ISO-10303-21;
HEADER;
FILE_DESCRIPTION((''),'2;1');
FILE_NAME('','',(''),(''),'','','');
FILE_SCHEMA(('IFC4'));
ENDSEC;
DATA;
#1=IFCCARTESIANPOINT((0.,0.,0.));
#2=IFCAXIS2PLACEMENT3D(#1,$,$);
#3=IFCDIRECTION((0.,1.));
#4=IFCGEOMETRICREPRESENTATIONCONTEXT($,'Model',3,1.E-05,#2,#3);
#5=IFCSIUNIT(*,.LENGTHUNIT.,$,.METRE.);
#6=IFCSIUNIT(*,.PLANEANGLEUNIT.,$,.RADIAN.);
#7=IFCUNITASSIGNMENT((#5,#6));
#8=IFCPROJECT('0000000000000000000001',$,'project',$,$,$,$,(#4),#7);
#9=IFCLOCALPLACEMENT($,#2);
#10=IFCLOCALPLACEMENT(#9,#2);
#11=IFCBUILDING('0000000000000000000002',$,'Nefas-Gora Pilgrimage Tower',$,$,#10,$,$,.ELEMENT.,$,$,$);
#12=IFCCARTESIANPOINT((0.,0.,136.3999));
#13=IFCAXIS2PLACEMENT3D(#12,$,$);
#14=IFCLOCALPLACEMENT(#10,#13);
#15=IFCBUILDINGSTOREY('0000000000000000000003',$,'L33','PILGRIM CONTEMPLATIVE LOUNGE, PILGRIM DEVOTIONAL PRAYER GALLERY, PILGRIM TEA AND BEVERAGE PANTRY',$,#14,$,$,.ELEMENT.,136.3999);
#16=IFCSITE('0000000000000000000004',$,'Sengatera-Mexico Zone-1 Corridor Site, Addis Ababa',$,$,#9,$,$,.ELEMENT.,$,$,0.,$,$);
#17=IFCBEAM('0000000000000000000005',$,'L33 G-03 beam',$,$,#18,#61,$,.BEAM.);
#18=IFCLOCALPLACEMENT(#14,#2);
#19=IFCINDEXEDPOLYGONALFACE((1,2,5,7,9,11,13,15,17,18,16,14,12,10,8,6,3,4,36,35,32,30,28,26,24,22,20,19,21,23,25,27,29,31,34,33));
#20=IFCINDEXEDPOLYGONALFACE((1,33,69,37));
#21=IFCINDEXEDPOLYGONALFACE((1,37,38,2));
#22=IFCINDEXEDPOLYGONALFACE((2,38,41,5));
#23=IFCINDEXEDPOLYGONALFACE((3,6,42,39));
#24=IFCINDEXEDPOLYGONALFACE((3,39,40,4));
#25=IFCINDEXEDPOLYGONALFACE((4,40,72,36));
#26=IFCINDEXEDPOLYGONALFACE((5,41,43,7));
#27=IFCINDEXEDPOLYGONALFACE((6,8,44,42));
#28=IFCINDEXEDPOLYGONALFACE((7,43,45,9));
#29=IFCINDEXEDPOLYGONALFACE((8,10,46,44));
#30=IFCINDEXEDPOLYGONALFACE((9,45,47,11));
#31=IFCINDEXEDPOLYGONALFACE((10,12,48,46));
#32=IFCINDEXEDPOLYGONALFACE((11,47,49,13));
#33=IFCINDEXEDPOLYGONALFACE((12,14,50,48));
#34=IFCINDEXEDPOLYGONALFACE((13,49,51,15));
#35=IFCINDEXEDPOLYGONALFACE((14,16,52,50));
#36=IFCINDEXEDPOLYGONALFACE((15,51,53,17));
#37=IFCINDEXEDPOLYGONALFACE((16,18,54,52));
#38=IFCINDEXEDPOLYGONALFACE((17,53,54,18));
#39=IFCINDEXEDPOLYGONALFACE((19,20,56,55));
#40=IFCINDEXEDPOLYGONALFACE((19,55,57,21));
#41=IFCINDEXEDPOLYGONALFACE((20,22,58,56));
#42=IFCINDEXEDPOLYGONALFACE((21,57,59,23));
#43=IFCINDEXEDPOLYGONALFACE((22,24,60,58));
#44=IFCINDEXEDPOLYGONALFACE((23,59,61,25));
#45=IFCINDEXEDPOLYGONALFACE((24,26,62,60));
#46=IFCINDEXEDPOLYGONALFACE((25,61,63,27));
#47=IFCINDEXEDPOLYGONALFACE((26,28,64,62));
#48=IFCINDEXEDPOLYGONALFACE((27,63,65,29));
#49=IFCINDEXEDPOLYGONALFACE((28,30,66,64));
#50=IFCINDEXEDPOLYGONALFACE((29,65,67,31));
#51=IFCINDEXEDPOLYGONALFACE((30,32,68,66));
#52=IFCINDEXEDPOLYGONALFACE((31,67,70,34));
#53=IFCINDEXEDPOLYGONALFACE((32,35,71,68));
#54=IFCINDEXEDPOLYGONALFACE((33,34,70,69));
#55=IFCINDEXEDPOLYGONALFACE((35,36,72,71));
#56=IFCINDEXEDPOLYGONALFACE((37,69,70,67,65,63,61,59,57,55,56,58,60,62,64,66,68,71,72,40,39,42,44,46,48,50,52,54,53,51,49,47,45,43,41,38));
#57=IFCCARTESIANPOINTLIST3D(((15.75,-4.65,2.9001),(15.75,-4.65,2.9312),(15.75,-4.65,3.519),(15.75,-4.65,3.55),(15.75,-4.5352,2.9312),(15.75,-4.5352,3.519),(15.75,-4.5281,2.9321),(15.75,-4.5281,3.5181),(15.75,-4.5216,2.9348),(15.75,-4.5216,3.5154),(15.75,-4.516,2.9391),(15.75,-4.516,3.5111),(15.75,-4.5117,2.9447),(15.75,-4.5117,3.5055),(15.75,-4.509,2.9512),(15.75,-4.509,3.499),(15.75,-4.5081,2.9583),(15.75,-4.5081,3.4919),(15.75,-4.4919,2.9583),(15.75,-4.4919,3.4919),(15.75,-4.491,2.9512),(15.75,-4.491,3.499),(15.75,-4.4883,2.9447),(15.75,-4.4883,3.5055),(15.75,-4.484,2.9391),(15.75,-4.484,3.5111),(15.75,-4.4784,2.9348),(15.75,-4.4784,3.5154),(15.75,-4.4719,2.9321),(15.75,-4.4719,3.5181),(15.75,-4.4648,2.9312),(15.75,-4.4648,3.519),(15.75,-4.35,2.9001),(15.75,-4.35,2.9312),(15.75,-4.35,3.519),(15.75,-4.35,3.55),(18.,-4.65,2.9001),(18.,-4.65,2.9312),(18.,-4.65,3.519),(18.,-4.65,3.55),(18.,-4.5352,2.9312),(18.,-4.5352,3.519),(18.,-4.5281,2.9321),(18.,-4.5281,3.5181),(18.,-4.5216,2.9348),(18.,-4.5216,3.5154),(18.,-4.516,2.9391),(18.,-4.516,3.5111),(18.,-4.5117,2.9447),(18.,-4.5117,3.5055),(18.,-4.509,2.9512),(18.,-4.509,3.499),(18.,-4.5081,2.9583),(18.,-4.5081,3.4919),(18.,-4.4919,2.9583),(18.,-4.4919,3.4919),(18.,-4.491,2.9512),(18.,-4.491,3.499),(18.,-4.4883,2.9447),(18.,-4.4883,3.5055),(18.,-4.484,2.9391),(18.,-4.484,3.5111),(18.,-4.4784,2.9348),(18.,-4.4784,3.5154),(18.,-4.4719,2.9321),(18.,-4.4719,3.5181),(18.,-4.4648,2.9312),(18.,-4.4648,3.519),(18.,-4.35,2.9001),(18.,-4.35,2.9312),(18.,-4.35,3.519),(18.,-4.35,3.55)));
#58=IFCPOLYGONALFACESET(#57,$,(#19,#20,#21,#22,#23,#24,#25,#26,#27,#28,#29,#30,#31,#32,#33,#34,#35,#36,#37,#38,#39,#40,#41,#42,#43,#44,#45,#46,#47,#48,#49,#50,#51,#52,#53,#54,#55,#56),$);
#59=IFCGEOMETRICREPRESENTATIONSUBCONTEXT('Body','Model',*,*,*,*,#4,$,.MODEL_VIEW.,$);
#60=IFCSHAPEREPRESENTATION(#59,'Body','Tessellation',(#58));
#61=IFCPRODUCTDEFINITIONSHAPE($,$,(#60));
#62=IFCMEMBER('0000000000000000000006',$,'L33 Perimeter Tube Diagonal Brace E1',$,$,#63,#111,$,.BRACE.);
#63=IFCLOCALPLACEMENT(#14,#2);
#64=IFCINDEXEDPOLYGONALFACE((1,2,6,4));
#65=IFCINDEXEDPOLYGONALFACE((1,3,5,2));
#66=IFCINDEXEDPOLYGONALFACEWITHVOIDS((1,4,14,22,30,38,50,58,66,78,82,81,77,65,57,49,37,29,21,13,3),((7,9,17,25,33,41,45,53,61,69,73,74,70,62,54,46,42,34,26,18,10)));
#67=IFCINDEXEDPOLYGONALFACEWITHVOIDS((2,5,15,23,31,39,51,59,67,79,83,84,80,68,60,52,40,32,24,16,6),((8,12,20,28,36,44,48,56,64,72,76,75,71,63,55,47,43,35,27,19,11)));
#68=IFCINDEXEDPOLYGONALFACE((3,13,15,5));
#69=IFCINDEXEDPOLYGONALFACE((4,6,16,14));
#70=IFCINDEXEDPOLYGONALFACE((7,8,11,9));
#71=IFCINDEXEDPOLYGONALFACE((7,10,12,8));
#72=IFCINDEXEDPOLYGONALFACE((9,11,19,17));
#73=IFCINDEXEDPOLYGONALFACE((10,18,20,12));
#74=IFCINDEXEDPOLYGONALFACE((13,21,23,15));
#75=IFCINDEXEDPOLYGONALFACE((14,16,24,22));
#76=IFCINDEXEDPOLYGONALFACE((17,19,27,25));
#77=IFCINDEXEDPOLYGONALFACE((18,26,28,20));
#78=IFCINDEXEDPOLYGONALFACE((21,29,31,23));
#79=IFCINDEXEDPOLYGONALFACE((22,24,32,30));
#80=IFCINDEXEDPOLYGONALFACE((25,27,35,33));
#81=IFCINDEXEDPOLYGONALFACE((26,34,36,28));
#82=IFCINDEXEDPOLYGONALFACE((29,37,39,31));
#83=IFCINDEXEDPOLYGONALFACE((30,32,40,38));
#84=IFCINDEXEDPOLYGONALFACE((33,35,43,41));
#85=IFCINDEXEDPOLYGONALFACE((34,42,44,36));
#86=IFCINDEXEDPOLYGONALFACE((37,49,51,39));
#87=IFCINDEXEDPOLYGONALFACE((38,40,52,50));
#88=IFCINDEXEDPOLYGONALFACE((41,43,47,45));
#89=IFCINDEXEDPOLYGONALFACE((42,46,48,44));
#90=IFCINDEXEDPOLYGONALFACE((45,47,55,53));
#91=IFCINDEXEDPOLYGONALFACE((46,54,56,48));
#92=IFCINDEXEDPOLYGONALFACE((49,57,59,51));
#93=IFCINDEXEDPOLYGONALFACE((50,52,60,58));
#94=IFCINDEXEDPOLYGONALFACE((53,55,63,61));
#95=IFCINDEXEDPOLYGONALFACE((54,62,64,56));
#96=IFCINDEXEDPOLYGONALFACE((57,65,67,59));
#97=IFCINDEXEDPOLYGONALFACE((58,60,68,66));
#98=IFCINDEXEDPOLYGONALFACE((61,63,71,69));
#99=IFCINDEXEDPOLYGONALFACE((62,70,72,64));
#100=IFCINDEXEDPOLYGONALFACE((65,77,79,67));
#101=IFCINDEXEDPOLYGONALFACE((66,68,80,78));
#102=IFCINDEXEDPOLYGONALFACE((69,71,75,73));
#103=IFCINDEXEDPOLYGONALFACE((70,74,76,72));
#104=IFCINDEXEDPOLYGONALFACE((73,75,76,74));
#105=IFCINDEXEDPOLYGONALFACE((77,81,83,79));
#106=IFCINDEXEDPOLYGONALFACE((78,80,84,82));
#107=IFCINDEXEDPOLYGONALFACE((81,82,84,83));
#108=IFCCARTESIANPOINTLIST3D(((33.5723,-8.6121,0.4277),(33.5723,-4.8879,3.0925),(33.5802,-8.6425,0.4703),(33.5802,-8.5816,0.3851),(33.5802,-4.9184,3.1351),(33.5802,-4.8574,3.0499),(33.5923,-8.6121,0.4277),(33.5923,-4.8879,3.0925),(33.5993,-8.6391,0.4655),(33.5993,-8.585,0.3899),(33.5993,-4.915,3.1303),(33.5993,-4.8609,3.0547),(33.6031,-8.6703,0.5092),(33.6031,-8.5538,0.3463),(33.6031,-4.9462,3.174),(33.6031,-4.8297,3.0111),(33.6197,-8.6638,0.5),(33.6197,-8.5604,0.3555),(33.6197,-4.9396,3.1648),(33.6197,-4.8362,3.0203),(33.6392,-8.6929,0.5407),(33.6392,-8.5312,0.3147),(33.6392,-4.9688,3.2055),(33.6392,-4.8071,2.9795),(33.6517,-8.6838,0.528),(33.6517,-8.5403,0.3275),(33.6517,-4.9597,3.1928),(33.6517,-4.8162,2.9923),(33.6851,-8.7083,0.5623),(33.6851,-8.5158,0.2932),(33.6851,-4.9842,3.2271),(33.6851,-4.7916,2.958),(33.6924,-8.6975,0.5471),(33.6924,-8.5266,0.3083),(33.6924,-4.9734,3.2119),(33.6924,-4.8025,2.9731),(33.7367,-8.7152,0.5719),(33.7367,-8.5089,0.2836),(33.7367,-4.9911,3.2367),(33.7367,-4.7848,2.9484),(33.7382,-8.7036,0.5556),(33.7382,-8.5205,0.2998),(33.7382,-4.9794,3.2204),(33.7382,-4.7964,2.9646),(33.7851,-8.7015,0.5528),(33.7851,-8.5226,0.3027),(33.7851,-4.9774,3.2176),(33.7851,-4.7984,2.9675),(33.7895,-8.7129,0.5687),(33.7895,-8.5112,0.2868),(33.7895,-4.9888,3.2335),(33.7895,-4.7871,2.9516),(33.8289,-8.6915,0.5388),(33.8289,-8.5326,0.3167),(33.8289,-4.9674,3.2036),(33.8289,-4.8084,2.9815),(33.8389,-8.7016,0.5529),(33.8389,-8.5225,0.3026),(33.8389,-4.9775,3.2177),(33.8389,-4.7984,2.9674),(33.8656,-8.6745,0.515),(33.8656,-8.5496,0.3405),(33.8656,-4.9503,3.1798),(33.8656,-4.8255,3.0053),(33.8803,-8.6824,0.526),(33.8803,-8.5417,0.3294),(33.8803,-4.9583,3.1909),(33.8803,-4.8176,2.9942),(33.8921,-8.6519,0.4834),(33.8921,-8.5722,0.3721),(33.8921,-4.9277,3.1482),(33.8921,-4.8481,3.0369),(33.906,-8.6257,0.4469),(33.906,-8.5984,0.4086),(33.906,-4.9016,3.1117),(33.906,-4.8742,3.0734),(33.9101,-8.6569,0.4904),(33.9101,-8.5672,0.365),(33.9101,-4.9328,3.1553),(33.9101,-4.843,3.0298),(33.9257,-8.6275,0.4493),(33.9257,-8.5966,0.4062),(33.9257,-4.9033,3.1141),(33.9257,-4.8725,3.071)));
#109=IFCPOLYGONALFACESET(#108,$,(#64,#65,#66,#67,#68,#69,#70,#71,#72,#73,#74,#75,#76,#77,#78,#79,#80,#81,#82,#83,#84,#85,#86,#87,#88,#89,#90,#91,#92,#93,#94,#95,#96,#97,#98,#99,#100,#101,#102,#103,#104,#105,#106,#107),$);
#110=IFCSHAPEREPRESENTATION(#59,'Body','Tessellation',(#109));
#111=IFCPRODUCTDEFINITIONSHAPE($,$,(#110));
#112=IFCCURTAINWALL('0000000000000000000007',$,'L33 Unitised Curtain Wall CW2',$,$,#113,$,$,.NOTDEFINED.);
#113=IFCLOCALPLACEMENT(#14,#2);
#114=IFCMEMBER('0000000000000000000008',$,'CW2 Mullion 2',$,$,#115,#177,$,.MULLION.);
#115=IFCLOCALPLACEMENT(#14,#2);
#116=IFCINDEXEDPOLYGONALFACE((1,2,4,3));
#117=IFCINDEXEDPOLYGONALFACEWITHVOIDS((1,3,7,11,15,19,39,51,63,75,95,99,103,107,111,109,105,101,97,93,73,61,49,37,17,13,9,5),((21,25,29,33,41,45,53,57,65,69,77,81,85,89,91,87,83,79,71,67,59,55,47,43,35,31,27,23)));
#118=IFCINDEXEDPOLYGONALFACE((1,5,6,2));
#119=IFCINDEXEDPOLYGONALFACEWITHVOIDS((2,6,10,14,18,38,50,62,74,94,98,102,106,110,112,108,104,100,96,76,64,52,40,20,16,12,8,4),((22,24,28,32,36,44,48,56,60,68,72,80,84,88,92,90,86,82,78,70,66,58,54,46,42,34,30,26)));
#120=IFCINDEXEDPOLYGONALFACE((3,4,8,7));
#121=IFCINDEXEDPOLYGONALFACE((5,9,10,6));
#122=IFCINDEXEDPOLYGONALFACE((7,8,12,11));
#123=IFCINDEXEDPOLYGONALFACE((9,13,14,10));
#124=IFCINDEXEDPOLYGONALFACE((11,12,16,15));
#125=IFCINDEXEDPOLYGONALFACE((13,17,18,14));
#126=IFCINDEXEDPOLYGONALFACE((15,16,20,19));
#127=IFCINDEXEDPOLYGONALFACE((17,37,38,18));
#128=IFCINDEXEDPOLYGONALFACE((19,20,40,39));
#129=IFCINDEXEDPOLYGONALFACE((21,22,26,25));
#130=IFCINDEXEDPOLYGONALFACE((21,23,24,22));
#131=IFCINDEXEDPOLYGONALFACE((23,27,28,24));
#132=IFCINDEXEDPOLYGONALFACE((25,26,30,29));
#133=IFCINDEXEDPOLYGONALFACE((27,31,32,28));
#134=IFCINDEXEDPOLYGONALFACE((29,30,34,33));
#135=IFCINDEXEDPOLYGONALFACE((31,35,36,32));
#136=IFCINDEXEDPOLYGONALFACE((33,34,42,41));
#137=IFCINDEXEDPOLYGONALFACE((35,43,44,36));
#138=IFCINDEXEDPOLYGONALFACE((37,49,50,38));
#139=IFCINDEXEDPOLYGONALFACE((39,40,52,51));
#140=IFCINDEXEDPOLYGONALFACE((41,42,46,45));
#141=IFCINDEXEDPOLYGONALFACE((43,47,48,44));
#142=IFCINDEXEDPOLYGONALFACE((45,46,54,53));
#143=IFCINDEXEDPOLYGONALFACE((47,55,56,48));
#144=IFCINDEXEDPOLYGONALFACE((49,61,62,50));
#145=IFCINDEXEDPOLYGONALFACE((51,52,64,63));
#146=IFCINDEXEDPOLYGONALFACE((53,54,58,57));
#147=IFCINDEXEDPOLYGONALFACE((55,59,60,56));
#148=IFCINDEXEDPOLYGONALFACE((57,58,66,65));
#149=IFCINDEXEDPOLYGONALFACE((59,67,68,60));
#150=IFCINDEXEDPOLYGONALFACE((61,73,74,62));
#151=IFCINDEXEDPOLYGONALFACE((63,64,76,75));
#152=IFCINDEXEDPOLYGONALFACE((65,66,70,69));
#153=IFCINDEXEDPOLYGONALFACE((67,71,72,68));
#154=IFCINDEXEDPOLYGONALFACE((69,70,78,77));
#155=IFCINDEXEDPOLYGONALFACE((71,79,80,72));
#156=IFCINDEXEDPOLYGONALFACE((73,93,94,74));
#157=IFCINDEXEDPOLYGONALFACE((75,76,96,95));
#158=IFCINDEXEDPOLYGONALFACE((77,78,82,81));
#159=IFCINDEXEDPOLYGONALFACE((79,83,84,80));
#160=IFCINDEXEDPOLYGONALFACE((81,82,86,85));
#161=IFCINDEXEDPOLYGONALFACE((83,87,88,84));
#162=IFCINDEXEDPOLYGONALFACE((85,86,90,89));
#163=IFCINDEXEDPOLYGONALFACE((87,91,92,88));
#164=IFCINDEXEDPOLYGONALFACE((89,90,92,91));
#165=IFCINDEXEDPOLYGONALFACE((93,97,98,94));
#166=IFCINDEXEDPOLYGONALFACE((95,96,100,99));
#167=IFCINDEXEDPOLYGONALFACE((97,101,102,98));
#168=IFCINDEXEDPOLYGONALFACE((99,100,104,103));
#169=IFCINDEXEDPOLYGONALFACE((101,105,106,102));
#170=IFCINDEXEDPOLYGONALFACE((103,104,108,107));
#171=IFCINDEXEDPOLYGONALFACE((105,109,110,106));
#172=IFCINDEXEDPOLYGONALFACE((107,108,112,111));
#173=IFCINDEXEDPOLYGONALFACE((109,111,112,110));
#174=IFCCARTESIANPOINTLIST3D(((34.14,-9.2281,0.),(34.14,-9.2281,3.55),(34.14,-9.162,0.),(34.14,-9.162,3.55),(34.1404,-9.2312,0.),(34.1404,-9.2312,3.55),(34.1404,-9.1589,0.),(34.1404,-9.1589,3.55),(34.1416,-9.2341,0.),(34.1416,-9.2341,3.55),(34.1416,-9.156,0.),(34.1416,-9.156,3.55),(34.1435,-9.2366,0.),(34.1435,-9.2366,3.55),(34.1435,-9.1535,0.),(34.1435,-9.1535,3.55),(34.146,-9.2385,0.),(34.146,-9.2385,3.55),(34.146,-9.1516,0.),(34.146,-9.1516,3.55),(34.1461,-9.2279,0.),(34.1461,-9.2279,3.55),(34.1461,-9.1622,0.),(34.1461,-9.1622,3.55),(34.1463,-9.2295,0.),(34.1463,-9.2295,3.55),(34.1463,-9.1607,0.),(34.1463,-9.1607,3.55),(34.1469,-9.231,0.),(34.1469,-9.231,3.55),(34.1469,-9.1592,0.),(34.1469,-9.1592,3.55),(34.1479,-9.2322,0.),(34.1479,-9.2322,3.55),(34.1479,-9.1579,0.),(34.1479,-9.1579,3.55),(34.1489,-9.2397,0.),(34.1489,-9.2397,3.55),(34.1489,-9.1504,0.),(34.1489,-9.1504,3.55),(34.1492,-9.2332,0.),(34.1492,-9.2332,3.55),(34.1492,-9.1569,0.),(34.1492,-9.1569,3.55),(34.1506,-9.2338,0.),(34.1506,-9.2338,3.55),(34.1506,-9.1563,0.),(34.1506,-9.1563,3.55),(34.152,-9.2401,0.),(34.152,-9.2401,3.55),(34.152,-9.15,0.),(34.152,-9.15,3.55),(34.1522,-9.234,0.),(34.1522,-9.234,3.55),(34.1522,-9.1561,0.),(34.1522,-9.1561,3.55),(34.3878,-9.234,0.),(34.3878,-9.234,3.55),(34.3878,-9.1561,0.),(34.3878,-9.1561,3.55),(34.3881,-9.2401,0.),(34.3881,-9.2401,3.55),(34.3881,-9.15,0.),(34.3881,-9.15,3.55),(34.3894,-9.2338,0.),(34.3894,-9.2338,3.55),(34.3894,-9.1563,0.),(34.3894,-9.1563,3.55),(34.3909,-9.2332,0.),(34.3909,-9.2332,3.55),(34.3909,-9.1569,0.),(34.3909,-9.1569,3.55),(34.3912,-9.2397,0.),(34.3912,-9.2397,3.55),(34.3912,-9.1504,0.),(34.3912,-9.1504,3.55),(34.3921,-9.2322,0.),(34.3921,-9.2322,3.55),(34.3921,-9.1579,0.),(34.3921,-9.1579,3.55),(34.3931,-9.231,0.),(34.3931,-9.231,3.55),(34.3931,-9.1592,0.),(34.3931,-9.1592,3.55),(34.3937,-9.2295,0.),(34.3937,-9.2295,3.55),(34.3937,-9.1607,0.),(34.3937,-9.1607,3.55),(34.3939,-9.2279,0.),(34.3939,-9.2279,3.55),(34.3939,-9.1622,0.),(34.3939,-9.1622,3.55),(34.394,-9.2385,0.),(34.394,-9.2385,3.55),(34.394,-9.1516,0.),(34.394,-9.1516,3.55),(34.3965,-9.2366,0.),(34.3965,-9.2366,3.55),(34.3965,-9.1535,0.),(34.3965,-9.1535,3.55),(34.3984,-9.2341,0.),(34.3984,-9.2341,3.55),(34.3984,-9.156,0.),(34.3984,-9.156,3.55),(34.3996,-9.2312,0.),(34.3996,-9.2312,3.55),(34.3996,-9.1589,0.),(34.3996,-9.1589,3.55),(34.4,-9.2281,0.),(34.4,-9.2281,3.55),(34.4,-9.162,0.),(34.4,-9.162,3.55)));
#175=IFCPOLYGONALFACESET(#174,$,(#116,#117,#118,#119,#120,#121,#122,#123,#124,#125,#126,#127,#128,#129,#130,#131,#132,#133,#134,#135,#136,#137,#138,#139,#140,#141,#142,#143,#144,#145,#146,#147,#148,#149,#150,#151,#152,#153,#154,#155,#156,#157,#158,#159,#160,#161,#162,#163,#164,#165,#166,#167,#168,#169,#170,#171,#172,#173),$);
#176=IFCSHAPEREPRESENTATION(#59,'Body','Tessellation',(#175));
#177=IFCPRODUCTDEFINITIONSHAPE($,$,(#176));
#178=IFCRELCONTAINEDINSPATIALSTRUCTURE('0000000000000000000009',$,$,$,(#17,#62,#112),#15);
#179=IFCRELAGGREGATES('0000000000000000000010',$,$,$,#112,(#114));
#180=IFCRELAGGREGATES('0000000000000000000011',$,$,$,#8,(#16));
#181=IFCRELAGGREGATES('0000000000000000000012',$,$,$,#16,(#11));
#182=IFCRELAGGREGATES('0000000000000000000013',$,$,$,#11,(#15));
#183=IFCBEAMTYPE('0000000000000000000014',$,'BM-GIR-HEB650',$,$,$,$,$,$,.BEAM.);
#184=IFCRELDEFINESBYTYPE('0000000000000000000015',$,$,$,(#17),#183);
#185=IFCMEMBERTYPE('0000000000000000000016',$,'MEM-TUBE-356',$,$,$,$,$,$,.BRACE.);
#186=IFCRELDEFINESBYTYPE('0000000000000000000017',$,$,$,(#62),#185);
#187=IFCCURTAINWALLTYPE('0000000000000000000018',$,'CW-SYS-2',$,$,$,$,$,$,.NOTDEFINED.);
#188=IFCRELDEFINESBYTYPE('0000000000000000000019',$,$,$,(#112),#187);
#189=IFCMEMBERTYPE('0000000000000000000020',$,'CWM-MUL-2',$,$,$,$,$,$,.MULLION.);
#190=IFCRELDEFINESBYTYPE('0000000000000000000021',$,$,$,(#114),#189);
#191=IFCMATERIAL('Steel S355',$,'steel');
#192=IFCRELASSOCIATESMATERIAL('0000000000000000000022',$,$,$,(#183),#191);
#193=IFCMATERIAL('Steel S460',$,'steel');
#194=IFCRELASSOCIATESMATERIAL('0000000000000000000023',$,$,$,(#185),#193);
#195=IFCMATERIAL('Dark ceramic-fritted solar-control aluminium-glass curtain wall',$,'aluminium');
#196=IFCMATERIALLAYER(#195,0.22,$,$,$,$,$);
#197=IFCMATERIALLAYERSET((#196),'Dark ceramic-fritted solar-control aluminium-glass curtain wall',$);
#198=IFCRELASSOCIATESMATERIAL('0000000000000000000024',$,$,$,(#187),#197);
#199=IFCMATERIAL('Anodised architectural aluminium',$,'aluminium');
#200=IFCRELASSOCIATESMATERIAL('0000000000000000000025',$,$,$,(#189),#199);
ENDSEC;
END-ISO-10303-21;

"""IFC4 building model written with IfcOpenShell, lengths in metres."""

from ifc_helpers import new_model, si_unit, direction, frame, origin, origin_2d, place, context, subcontext, project, spatial, hollow_rectangle, hollow_circle, i_section, extrude, source, transform, mapped, material, layer, layer_set, material_profile, profile_set, type_object, element, aggregate, save


model = new_model("IFC4")

# Units and contexts
model_context = context("Model", 3, precision=1e-05, world=origin(), true_north=direction((0.0, 1.0)))
body_context = subcontext(model_context, "Body", "Model", "MODEL_VIEW")
ifc_project = project(units=[si_unit("LENGTHUNIT", "METRE"), si_unit("PLANEANGLEUNIT", "RADIAN")], contexts=[model_context])

# Site, building, storey
site_placement = place(None, origin())
site = spatial("IfcSite", under=ifc_project, at=site_placement, Name="Sengatera-Mexico Zone-1 Corridor Site, Addis Ababa", CompositionType="ELEMENT", RefElevation=0.0)
building_placement = place(site_placement, origin())
building = spatial("IfcBuilding", under=site, at=building_placement, Name="Nefas-Gora Pilgrimage Tower", CompositionType="ELEMENT")
storey_placement = place(building_placement, frame((0.0, 0.0, 136.3999)))
storey = spatial("IfcBuildingStorey", under=building, at=storey_placement, Name="L33", Description="PILGRIM CONTEMPLATIVE LOUNGE, PILGRIM DEVOTIONAL PRAYER GALLERY, PILGRIM TEA AND BEVERAGE PANTRY", CompositionType="ELEMENT", Elevation=136.3999)

# Shared definitions
ifc_material_1 = material(Name="Steel S460", Category="steel")

# Beam
ifc_material_2 = material(Name="Steel S355", Category="steel")
ifc_material_profile_1 = material_profile(ifc_material_2, i_section(OverallWidth=0.3, OverallDepth=0.6499, WebThickness=0.0161, FlangeThickness=0.031, FilletRadius=0.0271, at=origin_2d()), Name="HEB 650")
ifc_profile_set_1 = profile_set([ifc_material_profile_1], Name="Steel S355")
beam_type_1 = type_object("IfcBeamType", Name="BM-GIR-HEB650", PredefinedType="BEAM", material=ifc_profile_set_1)
shared_shape_1 = source(origin(), body_context, "Body", "SweptSolid", [
    extrude(i_section(OverallWidth=0.3, OverallDepth=0.6499, WebThickness=0.0161, FlangeThickness=0.031, FilletRadius=0.0271, at=origin_2d()), origin(), (0.0, 0.0, 1.0), 2.25),
])
for number, where, z_axis, x_axis, name in (
    (1, (15.75, -4.5, 3.2251), (1.0, 0.0, 0.0), (0.0, 1.0, 0.0), "L33 G-03 beam"),
):
    element("IfcBeam", number, at=place(storey_placement, frame(where, z_axis=z_axis, x_axis=x_axis)), inside=storey, type_object=beam_type_1, Name=name, PredefinedType="BEAM", context=body_context, shape_type="MappedRepresentation", body=[
        mapped(shared_shape_1, transform((0.0, 0.0, 0.0), x_axis=(1.0, 0.0, 0.0), y_axis=(0.0, 1.0, 0.0), z_axis=(0.0, 0.0, 1.0), scale=1.0)),
    ])

# Member
ifc_material_profile_2 = material_profile(ifc_material_1, hollow_circle(Radius=0.1777, WallThickness=0.02, at=origin_2d()), Name="CHS 355.6x20")
ifc_profile_set_2 = profile_set([ifc_material_profile_2], Name="Steel S460")
member_type_1 = type_object("IfcMemberType", Name="MEM-TUBE-356", PredefinedType="BRACE", material=ifc_profile_set_2)
shared_shape_2 = source(origin(), body_context, "Body", "SweptSolid", [
    extrude(hollow_circle(Radius=0.1777, WallThickness=0.02, at=origin_2d()), origin(), (0.0, 0.0, 1.0), 4.5793),
])
member_1_placement = place(storey_placement, frame((33.75, -8.6121, 0.4277), z_axis=(0.0, 0.813247, 0.581919), x_axis=(-1.0, 0.0, 0.0)))
element("IfcMember", 2, at=member_1_placement, inside=storey, type_object=member_type_1, Name="L33 Perimeter Tube Diagonal Brace E1", PredefinedType="BRACE", context=body_context, shape_type="MappedRepresentation", body=[
    mapped(shared_shape_2, transform((0.0, 0.0, 0.0), x_axis=(1.0, 0.0, 0.0), y_axis=(0.0, 1.0, 0.0), z_axis=(0.0, 0.0, 1.0), scale=1.0)),
])

# Curtain wall, member
ifc_material_3 = material(Name="Dark ceramic-fritted solar-control aluminium-glass curtain wall", Category="aluminium")
ifc_layer_1 = layer(ifc_material_3, 0.22)
ifc_layer_set_1 = layer_set([ifc_layer_1], Name="Dark ceramic-fritted solar-control aluminium-glass curtain wall")
curtain_wall_type = type_object("IfcCurtainWallType", Name="CW-SYS-2", PredefinedType="NOTDEFINED", material=ifc_layer_set_1)
curtain_wall_1_placement = place(storey_placement, origin())
curtain_wall_1 = element("IfcCurtainWall", 3, at=curtain_wall_1_placement, inside=storey, type_object=curtain_wall_type, Name="L33 Unitised Curtain Wall CW2", PredefinedType="NOTDEFINED")
ifc_material_4 = material(Name="Anodised architectural aluminium", Category="aluminium")
ifc_material_profile_3 = material_profile(ifc_material_4, hollow_rectangle(XDim=0.0901, YDim=0.26, WallThickness=0.0061, InnerFilletRadius=0.0061, OuterFilletRadius=0.012, at=origin_2d()), Name="ALU MULLION 90x260")
ifc_profile_set_3 = profile_set([ifc_material_profile_3], Name="Anodised architectural aluminium")
member_type_2 = type_object("IfcMemberType", Name="CWM-MUL-2", PredefinedType="MULLION", material=ifc_profile_set_3)
shared_shape_3 = source(origin(), body_context, "Body", "SweptSolid", [
    extrude(hollow_rectangle(XDim=0.0901, YDim=0.26, WallThickness=0.0061, InnerFilletRadius=0.0061, OuterFilletRadius=0.012, at=origin_2d()), origin(), (0.0, 0.0, 1.0), 3.55),
])
member_2_placement = place(storey_placement, frame((34.27, -9.1951, 0.0), z_axis=(0.0, 0.0, 1.0), x_axis=(0.0, 1.0, 0.0)))
member_2 = element("IfcMember", 4, at=member_2_placement, type_object=member_type_2, Name="CW2 Mullion 2", PredefinedType="MULLION", context=body_context, shape_type="MappedRepresentation", body=[
    mapped(shared_shape_3, transform((0.0, 0.0, 0.0), x_axis=(1.0, 0.0, 0.0), y_axis=(0.0, 1.0, 0.0), z_axis=(0.0, 0.0, 1.0), scale=1.0)),
])

aggregate(curtain_wall_1, [member_2])

save(model, "model.ifc")
